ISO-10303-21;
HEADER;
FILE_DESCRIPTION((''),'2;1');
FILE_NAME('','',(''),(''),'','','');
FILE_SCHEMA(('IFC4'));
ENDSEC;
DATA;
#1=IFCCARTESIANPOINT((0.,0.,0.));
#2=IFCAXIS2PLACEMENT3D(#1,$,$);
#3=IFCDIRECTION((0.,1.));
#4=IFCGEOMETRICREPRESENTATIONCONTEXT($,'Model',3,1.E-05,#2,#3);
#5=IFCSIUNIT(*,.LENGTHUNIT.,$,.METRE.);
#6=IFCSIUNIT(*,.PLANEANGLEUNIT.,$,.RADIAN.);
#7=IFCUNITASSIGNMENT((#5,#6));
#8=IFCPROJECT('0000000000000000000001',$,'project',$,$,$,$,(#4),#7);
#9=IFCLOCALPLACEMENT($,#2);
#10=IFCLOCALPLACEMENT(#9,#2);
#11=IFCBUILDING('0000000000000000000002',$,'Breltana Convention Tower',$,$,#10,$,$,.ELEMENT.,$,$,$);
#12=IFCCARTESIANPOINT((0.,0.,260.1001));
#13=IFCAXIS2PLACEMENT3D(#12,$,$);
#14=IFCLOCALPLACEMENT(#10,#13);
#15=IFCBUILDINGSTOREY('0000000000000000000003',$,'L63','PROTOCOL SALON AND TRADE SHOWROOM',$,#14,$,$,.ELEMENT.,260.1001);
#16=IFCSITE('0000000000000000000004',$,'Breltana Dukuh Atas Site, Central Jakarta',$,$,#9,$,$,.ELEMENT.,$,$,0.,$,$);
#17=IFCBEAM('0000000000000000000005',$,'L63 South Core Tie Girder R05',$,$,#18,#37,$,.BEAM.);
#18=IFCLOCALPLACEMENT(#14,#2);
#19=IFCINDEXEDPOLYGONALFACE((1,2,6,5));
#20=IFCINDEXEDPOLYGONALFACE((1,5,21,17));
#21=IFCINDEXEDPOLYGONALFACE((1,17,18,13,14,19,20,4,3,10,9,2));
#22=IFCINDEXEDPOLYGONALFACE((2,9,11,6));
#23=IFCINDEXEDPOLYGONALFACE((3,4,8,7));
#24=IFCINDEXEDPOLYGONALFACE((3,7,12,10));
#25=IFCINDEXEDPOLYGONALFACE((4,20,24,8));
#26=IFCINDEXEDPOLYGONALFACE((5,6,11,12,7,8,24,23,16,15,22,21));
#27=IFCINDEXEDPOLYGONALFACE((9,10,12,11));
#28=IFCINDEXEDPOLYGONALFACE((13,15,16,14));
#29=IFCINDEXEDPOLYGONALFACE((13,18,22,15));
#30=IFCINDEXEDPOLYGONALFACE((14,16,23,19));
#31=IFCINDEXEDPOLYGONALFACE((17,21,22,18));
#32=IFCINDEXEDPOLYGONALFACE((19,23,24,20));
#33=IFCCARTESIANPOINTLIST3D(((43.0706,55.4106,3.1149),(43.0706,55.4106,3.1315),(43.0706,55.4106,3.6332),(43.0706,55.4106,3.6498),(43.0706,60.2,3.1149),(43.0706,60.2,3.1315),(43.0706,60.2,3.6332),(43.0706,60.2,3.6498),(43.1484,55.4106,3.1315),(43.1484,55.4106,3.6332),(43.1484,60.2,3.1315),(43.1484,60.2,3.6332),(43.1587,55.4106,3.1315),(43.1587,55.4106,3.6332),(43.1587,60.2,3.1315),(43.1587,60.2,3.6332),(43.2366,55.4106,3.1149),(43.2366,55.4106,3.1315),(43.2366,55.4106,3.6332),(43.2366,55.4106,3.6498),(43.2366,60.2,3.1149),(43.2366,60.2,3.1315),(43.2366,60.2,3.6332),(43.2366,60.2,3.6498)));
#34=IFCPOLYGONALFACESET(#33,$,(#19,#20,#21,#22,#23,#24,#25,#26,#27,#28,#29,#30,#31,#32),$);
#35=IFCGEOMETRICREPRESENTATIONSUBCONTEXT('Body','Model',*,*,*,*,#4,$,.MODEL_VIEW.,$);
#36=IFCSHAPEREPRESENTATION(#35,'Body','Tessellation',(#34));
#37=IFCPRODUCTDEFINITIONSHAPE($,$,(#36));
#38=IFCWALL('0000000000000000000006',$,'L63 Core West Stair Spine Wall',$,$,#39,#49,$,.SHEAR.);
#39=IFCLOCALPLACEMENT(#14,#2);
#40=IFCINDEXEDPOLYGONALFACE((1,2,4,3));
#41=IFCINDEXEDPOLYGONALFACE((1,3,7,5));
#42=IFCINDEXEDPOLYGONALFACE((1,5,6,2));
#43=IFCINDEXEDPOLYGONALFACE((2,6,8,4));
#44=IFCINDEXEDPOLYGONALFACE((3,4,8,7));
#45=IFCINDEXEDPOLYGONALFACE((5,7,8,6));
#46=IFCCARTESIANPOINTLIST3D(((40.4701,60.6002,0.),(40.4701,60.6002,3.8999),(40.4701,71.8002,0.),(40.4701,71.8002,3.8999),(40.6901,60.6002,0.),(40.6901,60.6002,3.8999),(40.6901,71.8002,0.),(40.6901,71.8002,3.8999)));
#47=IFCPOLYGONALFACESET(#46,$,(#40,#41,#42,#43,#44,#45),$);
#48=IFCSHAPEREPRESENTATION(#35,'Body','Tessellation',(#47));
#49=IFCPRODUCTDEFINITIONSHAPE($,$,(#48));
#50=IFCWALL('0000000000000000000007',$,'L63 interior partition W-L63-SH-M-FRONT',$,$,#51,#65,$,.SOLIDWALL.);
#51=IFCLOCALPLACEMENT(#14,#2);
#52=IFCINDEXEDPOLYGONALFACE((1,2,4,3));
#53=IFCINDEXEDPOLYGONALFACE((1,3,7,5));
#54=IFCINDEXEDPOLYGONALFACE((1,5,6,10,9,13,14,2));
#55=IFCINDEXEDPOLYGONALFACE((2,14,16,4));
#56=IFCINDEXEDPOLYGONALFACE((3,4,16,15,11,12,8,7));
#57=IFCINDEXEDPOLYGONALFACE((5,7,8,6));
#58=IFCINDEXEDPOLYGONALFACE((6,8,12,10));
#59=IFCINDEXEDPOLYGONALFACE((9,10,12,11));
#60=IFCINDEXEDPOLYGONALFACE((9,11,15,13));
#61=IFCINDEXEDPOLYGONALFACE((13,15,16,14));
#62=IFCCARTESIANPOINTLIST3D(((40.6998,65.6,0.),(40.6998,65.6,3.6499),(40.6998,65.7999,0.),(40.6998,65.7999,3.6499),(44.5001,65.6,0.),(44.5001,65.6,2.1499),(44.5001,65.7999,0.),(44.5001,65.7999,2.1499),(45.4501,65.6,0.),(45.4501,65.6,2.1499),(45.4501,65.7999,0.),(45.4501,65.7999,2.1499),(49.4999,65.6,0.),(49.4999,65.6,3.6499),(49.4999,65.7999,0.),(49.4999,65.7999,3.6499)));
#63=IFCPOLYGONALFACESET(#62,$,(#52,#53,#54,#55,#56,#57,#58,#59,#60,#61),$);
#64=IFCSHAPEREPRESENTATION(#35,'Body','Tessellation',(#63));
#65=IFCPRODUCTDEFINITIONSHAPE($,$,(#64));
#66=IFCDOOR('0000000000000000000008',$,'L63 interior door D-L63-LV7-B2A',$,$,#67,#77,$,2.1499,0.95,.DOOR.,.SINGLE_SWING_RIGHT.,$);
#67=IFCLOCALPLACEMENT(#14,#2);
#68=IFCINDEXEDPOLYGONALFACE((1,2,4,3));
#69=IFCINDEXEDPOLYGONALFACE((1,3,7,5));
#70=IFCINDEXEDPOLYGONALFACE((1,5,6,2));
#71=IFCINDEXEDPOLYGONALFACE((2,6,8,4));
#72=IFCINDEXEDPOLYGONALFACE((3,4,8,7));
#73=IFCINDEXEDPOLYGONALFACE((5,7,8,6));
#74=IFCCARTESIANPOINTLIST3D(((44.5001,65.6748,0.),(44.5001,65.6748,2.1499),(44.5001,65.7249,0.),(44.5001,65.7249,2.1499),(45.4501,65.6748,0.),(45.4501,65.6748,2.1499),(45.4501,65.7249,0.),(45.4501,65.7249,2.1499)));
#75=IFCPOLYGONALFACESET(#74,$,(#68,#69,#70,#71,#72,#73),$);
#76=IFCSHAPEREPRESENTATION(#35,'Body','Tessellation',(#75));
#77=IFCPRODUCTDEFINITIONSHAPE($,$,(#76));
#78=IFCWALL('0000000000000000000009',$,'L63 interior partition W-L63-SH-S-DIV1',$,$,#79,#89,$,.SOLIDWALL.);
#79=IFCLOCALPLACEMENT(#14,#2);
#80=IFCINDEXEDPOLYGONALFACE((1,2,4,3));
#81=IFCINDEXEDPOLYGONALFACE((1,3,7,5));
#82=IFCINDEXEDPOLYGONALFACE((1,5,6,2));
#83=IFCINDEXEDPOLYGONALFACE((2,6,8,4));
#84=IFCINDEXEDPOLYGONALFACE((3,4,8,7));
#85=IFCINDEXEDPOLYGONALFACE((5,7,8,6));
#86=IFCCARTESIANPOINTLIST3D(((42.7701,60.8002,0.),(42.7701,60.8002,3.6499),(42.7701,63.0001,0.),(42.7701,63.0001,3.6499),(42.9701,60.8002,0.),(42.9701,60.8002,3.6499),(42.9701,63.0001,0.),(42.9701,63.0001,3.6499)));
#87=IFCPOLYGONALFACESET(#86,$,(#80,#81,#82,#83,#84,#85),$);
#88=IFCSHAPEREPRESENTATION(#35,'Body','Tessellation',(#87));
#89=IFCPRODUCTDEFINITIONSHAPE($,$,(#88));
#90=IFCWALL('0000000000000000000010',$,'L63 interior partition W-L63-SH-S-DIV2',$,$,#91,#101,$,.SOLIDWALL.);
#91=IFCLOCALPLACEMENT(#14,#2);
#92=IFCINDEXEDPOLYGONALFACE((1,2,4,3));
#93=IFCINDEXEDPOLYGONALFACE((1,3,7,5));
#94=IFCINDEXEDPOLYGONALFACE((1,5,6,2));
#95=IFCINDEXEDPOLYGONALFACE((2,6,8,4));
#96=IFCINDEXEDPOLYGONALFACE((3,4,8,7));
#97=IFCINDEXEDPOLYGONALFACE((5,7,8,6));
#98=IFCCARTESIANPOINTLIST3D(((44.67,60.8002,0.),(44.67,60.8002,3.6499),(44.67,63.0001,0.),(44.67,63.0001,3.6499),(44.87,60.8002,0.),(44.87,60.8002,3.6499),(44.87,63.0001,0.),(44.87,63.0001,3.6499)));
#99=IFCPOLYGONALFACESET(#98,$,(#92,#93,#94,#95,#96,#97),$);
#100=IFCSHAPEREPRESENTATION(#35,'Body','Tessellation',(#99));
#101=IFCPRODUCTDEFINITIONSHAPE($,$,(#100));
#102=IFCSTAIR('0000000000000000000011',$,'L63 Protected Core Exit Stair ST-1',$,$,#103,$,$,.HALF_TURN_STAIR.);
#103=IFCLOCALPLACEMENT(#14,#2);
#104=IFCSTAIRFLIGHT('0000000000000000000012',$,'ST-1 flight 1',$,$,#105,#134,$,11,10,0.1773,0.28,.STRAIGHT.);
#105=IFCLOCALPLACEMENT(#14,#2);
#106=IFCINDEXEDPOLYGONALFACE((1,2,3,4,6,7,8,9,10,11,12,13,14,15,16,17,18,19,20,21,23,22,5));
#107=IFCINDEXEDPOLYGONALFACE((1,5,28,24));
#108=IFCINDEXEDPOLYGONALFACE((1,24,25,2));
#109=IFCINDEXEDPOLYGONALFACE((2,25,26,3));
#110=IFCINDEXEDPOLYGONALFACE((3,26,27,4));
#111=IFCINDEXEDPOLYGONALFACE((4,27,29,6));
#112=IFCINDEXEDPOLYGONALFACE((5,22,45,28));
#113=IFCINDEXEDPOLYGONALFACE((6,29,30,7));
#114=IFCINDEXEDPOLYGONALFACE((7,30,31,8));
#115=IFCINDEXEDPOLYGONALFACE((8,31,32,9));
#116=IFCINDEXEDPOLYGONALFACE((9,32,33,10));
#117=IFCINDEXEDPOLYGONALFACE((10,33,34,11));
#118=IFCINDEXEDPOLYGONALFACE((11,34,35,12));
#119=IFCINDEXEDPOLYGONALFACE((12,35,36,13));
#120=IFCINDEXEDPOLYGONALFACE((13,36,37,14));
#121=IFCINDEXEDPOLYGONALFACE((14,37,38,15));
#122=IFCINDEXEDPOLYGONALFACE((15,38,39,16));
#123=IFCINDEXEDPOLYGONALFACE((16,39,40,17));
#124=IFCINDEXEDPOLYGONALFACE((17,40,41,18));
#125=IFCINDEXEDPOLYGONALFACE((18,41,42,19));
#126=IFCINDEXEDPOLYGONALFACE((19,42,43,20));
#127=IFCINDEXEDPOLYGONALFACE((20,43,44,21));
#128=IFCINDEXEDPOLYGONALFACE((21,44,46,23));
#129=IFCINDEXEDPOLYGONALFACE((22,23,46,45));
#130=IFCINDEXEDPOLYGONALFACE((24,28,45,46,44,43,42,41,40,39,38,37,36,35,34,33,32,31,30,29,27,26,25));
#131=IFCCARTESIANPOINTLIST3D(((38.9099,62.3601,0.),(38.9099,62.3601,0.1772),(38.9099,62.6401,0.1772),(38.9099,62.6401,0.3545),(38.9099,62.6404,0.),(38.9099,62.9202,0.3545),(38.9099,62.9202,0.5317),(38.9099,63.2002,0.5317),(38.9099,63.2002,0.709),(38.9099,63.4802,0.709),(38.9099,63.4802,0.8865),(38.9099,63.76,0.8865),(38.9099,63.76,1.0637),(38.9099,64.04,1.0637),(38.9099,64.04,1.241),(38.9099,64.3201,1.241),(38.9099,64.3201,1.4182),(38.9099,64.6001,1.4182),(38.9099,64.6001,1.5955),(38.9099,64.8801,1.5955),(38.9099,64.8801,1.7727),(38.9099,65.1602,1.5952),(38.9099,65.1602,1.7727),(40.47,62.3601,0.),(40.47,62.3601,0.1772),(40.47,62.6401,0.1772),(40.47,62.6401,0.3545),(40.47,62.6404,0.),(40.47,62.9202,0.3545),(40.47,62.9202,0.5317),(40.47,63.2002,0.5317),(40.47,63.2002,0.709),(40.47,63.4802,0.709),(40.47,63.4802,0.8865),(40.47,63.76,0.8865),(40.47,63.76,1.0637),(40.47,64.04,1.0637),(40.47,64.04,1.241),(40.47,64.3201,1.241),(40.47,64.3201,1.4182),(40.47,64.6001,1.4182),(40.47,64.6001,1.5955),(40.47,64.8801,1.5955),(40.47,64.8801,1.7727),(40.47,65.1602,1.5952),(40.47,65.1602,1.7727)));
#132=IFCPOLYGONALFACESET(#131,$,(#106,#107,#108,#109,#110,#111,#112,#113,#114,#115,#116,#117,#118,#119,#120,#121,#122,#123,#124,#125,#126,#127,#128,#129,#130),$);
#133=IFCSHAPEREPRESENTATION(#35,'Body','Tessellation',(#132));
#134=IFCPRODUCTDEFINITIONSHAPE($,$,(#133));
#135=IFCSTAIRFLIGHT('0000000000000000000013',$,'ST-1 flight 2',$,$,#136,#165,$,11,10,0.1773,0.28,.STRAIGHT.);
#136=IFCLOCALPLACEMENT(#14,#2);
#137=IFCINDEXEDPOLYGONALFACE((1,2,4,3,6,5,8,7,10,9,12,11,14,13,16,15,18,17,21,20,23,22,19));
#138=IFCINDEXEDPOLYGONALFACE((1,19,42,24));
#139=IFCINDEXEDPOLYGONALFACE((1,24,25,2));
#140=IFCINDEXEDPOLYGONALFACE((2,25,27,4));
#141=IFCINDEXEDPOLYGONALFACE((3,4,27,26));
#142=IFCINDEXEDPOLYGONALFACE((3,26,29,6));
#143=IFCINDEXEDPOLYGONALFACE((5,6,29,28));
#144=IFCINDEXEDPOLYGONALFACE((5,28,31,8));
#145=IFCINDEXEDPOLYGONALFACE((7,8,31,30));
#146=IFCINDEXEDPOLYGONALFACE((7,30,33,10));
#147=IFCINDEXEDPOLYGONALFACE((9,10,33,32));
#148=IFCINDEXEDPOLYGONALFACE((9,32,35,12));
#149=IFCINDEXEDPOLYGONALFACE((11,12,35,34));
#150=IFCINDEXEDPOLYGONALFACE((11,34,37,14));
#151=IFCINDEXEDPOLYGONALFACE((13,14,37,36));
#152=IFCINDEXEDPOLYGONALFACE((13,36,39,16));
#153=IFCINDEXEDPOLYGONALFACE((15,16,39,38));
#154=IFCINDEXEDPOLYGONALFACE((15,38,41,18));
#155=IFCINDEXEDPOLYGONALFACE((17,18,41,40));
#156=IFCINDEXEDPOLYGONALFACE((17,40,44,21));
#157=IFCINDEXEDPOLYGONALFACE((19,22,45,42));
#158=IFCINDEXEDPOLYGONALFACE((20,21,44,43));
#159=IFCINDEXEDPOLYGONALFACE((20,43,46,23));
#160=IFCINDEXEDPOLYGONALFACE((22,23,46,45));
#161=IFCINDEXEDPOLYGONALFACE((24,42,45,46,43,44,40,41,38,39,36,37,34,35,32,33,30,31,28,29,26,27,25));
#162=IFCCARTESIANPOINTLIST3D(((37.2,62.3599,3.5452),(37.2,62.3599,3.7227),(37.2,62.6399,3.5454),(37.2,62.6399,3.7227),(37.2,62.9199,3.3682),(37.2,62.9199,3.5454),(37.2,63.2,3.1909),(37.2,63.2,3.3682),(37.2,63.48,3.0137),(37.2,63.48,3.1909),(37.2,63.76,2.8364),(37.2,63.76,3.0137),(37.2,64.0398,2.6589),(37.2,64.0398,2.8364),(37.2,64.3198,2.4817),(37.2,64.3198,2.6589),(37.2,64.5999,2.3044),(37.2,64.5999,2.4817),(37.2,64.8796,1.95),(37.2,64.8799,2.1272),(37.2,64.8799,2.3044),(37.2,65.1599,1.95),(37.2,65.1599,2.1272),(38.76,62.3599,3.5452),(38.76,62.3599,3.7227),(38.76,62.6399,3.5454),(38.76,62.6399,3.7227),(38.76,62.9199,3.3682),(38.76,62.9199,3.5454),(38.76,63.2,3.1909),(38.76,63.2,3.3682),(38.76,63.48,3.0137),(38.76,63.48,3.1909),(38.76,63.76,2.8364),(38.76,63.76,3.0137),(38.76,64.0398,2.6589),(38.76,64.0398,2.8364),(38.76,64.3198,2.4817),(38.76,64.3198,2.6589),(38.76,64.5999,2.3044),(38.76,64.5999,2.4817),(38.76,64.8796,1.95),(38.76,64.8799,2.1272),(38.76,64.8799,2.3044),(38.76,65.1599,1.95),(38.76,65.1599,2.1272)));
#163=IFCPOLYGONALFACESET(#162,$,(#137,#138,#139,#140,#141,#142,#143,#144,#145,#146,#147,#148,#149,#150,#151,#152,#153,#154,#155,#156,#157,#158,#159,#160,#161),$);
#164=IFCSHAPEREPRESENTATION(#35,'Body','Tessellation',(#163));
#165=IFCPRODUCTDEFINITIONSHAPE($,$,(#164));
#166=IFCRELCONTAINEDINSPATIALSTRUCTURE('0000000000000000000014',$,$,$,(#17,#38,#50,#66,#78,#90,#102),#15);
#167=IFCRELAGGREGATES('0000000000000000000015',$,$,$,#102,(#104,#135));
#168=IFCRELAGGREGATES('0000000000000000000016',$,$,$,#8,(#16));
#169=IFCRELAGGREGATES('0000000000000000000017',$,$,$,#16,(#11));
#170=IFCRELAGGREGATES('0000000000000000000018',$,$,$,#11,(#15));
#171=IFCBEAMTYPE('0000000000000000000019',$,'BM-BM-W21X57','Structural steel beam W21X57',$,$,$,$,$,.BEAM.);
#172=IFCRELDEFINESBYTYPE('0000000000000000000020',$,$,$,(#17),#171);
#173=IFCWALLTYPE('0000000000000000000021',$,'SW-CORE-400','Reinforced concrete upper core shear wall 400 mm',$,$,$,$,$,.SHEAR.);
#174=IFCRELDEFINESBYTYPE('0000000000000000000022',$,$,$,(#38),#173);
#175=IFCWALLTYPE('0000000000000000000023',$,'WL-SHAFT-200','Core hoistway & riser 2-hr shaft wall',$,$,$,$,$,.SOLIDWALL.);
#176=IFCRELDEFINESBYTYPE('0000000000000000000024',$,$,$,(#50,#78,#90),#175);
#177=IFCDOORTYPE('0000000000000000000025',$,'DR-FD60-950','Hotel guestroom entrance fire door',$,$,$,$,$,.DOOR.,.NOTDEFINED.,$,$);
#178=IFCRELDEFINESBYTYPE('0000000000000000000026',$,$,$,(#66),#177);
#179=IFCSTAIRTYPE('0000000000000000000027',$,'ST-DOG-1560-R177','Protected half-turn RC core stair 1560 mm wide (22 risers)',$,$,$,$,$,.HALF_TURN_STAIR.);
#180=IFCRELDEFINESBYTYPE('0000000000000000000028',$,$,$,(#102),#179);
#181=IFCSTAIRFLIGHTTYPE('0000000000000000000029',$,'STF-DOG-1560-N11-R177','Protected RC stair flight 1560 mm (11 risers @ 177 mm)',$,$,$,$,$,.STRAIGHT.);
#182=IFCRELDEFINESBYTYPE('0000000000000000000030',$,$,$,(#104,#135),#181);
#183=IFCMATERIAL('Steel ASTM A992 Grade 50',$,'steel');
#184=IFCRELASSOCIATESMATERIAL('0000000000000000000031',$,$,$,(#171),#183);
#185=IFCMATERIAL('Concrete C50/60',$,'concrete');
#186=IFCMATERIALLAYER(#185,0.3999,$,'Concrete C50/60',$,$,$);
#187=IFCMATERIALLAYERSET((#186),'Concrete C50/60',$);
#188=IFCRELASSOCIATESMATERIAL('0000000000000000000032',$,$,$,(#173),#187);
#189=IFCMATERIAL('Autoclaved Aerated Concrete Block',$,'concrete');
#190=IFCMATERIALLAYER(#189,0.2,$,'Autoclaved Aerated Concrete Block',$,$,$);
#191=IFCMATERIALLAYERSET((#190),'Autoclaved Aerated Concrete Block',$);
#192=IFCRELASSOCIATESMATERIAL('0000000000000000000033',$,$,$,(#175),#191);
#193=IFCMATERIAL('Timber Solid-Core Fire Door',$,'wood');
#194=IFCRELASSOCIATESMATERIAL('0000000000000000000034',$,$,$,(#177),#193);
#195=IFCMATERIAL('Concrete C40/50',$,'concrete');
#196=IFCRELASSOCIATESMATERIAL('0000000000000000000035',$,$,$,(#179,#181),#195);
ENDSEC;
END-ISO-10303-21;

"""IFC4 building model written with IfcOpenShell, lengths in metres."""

from ifc_helpers import new_model, si_unit, direction, frame, frame_2d, origin, origin_2d, place, context, subcontext, project, spatial, polyline, rectangle, i_section, outline, extrude, source, transform, mapped, material, layer, layer_set, material_profile, profile_set, type_object, type_shapes, element, fill, aggregate, save


model = new_model("IFC4")

# Units and contexts
model_context = context("Model", 3, precision=1e-05, world=origin(), true_north=direction((0.0, 1.0)))
body_context = subcontext(model_context, "Body", "Model", "MODEL_VIEW")
ifc_project = project(units=[si_unit("LENGTHUNIT", "METRE"), si_unit("PLANEANGLEUNIT", "RADIAN")], contexts=[model_context])

# Site, building, storey
site_placement = place(None, origin())
site = spatial("IfcSite", under=ifc_project, at=site_placement, Name="Breltana Dukuh Atas Site, Central Jakarta", CompositionType="ELEMENT", RefElevation=0.0)
building_placement = place(site_placement, origin())
building = spatial("IfcBuilding", under=site, at=building_placement, Name="Breltana Convention Tower", CompositionType="ELEMENT")
storey_placement = place(building_placement, frame((0.0, 0.0, 260.1001)))
storey = spatial("IfcBuildingStorey", under=building, at=storey_placement, Name="L63", Description="PROTOCOL SALON AND TRADE SHOWROOM", CompositionType="ELEMENT", Elevation=260.1001)

# Beam
ifc_material_1 = material(Name="Steel ASTM A992 Grade 50", Category="steel")
ifc_material_profile = material_profile(ifc_material_1, i_section(OverallWidth=0.166, OverallDepth=0.5349, WebThickness=0.0103, FlangeThickness=0.0166, at=origin_2d()), Name="W21X57")
ifc_profile_set = profile_set([ifc_material_profile], Name="Steel ASTM A992 Grade 50")
beam_type = type_object("IfcBeamType", Name="BM-BM-W21X57", Description="Structural steel beam W21X57", PredefinedType="BEAM", material=ifc_profile_set)
shared_shape_1 = source(origin(), body_context, "Body", "SweptSolid", [
    extrude(i_section(OverallWidth=0.166, OverallDepth=0.5349, WebThickness=0.0103, FlangeThickness=0.0166, at=origin_2d()), origin(), (0.0, 0.0, 1.0), 4.7893),
])
beam_placement = place(storey_placement, frame((43.1536, 60.2, 3.3823), z_axis=(0.0, -1.0, 0.0), x_axis=(1.0, 0.0, 0.0)))
element("IfcBeam", 1, at=beam_placement, inside=storey, type_object=beam_type, Name="L63 South Core Tie Girder R05", PredefinedType="BEAM", context=body_context, shape_type="MappedRepresentation", body=[
    mapped(shared_shape_1, transform((0.0, 0.0, 0.0), scale=1.0)),
])

# Shared definitions
ifc_material_2 = material(Name="Concrete C50/60", Category="concrete")
ifc_layer_1 = layer(ifc_material_2, 0.3999, Name="Concrete C50/60")
ifc_layer_set_1 = layer_set([ifc_layer_1], Name="Concrete C50/60")
wall_type_1 = type_object("IfcWallType", Name="SW-CORE-400", Description="Reinforced concrete upper core shear wall 400 mm", PredefinedType="SHEAR", material=ifc_layer_set_1)

# Wall
shared_shape_2 = source(origin(), body_context, "Body", "SweptSolid", [
    extrude(rectangle(XDim=11.2, YDim=0.22, at=frame_2d((5.6001, 0.0))), origin(), (0.0, 0.0, 1.0), 3.8999),
])
wall_1_placement = place(storey_placement, frame((40.5801, 60.6001, 0.0), z_axis=(0.0, 0.0, 1.0), x_axis=(0.0, 1.0, 0.0)))
element("IfcWall", 2, at=wall_1_placement, inside=storey, type_object=wall_type_1, Name="L63 Core West Stair Spine Wall", PredefinedType="SHEAR", context=body_context, shape_type="MappedRepresentation", body=[
    mapped(shared_shape_2, transform((0.0, 0.0, 0.0), scale=1.0)),
])

# Wall, opening, door
ifc_material_3 = material(Name="Autoclaved Aerated Concrete Block", Category="concrete")
ifc_layer_2 = layer(ifc_material_3, 0.2, Name="Autoclaved Aerated Concrete Block")
ifc_layer_set_2 = layer_set([ifc_layer_2], Name="Autoclaved Aerated Concrete Block")
wall_type_2 = type_object("IfcWallType", Name="WL-SHAFT-200", Description="Core hoistway & riser 2-hr shaft wall", PredefinedType="SOLIDWALL", material=ifc_layer_set_2)
shared_shape_3 = source(origin(), body_context, "Body", "SweptSolid", [
    extrude(rectangle(XDim=8.8, YDim=0.2, at=frame_2d((4.3999, 0.0))), origin(), (0.0, 0.0, 1.0), 3.6499),
])
wall_2_placement = place(storey_placement, frame((40.7, 65.7, 0.0), z_axis=(0.0, 0.0, 1.0), x_axis=(1.0, 0.0, 0.0)))
wall_2 = element("IfcWall", 3, at=wall_2_placement, inside=storey, type_object=wall_type_2, Name="L63 interior partition W-L63-SH-M-FRONT", PredefinedType="SOLIDWALL", context=body_context, shape_type="MappedRepresentation", body=[
    mapped(shared_shape_3, transform((0.0, 0.0, 0.0), scale=1.0)),
])
opening_1_placement = place(wall_2_placement, frame((3.8, 0.0, 0.0)))
opening_1 = element("IfcOpeningElement", 4, at=opening_1_placement, cuts=wall_2, PredefinedType="OPENING", context=body_context, shape_type="SweptSolid", body=[
    extrude(rectangle(XDim=0.95, YDim=2.1499, at=frame_2d((0.4751, 1.075))), frame((0.0, 0.1099, 0.0), z_axis=(0.0, -1.0, 0.0), x_axis=(1.0, 0.0, 0.0)), (0.0, 0.0, 1.0), 0.22),
])
ifc_material_4 = material(Name="Timber Solid-Core Fire Door", Category="wood")
door_type_1 = type_object("IfcDoorType", Name="DR-FD60-950", Description="Hotel guestroom entrance fire door", OperationType="NOTDEFINED", PredefinedType="DOOR", material=ifc_material_4)
shared_shape_4 = source(origin(), body_context, "Body", "SweptSolid", [
    extrude(rectangle(XDim=0.95, YDim=2.1499, at=frame_2d((0.4751, 1.075))), frame((0.0, 0.0249, 0.0), z_axis=(0.0, -1.0, 0.0), x_axis=(1.0, 0.0, 0.0)), (0.0, 0.0, 1.0), 0.05),
])
type_shapes(door_type_1, [shared_shape_4])
door_1_placement = place(opening_1_placement, origin())
door_1 = element("IfcDoor", 5, at=door_1_placement, inside=storey, type_object=door_type_1, Name="L63 interior door D-L63-LV7-B2A", OperationType="SINGLE_SWING_RIGHT", OverallHeight=2.1499, OverallWidth=0.95, PredefinedType="DOOR", context=body_context, shape_type="MappedRepresentation", body=[
    mapped(shared_shape_4, transform((0.0, 0.0, 0.0), scale=1.0)),
])
fill(opening_1, door_1)

# Walls
shared_shape_5 = source(origin(), body_context, "Body", "SweptSolid", [
    extrude(rectangle(XDim=2.2, YDim=0.2, at=frame_2d((1.1001, 0.0))), origin(), (0.0, 0.0, 1.0), 3.6499),
])
for number, where, z_axis, x_axis, name in (
    (6, (42.8701, 60.8, 0.0), (0.0, 0.0, 1.0), (0.0, 1.0, 0.0), "L63 interior partition W-L63-SH-S-DIV1"),
    (7, (44.77, 60.8, 0.0), (0.0, 0.0, 1.0), (0.0, 1.0, 0.0), "L63 interior partition W-L63-SH-S-DIV2"),
):
    element("IfcWall", number, at=place(storey_placement, frame(where, z_axis=z_axis, x_axis=x_axis)), inside=storey, type_object=wall_type_2, Name=name, PredefinedType="SOLIDWALL", context=body_context, shape_type="MappedRepresentation", body=[
        mapped(shared_shape_5, transform((0.0, 0.0, 0.0), scale=1.0)),
    ])

# Stair, stair flights
ifc_material_5 = material(Name="Concrete C40/50", Category="concrete")
stair_type = type_object("IfcStairType", Name="ST-DOG-1560-R177", Description="Protected half-turn RC core stair 1560 mm wide (22 risers)", PredefinedType="HALF_TURN_STAIR", material=ifc_material_5)
stair_placement = place(storey_placement, origin())
stair = element("IfcStair", 8, at=stair_placement, inside=storey, type_object=stair_type, Name="L63 Protected Core Exit Stair ST-1", PredefinedType="HALF_TURN_STAIR")
stair_flight_type = type_object("IfcStairFlightType", Name="STF-DOG-1560-N11-R177", Description="Protected RC stair flight 1560 mm (11 risers @ 177 mm)", PredefinedType="STRAIGHT", material=ifc_material_5)
stair_flight_1_placement = place(storey_placement, frame((39.6899, 62.3601, 0.0), z_axis=(0.0, 0.0, 1.0), x_axis=(0.0, 1.0, 0.0)))
stair_flight_1 = element("IfcStairFlight", 9, at=stair_flight_1_placement, type_object=stair_flight_type, Name="ST-1 flight 1", NumberOfRisers=11, NumberOfTreads=10, PredefinedType="STRAIGHT", RiserHeight=0.1773, TreadLength=0.28, context=body_context, shape_type="SweptSolid", body=[
    extrude(outline(polyline([(0.0, 0.0), (0.0, 0.1772), (0.28, 0.1772), (0.28, 0.3545), (0.5601, 0.3545), (0.5601, 0.5317), (0.8401, 0.5317), (0.8401, 0.709), (1.1201, 0.709), (1.1201, 0.8865), (1.3999, 0.8865), (1.3999, 1.0637), (1.6799, 1.0637), (1.6799, 1.241), (1.96, 1.241), (1.96, 1.4182), (2.24, 1.4182), (2.24, 1.5955), (2.52, 1.5955), (2.52, 1.7727), (2.8, 1.7727), (2.8, 1.95), (2.8, 1.5952), (0.2803, 0.0), (0.0, 0.0)])), frame((0.0, 0.78, 0.0), z_axis=(0.0, -1.0, 0.0), x_axis=(1.0, 0.0, 0.0)), (0.0, 0.0, 1.0), 1.5601),
])
stair_flight_2_placement = place(storey_placement, frame((37.98, 65.1599, 1.95), z_axis=(0.0, 0.0, 1.0), x_axis=(0.0, -1.0, 0.0)))
stair_flight_2 = element("IfcStairFlight", 10, at=stair_flight_2_placement, type_object=stair_flight_type, Name="ST-1 flight 2", NumberOfRisers=11, NumberOfTreads=10, PredefinedType="STRAIGHT", RiserHeight=0.1773, TreadLength=0.28, context=body_context, shape_type="SweptSolid", body=[
    extrude(outline(polyline([(0.0, 0.0), (0.0, 0.1772), (0.28, 0.1772), (0.28, 0.3545), (0.5601, 0.3545), (0.5601, 0.5317), (0.8401, 0.5317), (0.8401, 0.709), (1.1201, 0.709), (1.1201, 0.8865), (1.3999, 0.8865), (1.3999, 1.0637), (1.6799, 1.0637), (1.6799, 1.241), (1.96, 1.241), (1.96, 1.4182), (2.24, 1.4182), (2.24, 1.5955), (2.52, 1.5955), (2.52, 1.7727), (2.8, 1.7727), (2.8, 1.95), (2.8, 1.5952), (0.2803, 0.0), (0.0, 0.0)])), frame((0.0, 0.78, 0.0), z_axis=(0.0, -1.0, 0.0), x_axis=(1.0, 0.0, 0.0)), (0.0, 0.0, 1.0), 1.5601),
])
aggregate(stair, [stair_flight_1, stair_flight_2])

save(model, "model.ifc")
